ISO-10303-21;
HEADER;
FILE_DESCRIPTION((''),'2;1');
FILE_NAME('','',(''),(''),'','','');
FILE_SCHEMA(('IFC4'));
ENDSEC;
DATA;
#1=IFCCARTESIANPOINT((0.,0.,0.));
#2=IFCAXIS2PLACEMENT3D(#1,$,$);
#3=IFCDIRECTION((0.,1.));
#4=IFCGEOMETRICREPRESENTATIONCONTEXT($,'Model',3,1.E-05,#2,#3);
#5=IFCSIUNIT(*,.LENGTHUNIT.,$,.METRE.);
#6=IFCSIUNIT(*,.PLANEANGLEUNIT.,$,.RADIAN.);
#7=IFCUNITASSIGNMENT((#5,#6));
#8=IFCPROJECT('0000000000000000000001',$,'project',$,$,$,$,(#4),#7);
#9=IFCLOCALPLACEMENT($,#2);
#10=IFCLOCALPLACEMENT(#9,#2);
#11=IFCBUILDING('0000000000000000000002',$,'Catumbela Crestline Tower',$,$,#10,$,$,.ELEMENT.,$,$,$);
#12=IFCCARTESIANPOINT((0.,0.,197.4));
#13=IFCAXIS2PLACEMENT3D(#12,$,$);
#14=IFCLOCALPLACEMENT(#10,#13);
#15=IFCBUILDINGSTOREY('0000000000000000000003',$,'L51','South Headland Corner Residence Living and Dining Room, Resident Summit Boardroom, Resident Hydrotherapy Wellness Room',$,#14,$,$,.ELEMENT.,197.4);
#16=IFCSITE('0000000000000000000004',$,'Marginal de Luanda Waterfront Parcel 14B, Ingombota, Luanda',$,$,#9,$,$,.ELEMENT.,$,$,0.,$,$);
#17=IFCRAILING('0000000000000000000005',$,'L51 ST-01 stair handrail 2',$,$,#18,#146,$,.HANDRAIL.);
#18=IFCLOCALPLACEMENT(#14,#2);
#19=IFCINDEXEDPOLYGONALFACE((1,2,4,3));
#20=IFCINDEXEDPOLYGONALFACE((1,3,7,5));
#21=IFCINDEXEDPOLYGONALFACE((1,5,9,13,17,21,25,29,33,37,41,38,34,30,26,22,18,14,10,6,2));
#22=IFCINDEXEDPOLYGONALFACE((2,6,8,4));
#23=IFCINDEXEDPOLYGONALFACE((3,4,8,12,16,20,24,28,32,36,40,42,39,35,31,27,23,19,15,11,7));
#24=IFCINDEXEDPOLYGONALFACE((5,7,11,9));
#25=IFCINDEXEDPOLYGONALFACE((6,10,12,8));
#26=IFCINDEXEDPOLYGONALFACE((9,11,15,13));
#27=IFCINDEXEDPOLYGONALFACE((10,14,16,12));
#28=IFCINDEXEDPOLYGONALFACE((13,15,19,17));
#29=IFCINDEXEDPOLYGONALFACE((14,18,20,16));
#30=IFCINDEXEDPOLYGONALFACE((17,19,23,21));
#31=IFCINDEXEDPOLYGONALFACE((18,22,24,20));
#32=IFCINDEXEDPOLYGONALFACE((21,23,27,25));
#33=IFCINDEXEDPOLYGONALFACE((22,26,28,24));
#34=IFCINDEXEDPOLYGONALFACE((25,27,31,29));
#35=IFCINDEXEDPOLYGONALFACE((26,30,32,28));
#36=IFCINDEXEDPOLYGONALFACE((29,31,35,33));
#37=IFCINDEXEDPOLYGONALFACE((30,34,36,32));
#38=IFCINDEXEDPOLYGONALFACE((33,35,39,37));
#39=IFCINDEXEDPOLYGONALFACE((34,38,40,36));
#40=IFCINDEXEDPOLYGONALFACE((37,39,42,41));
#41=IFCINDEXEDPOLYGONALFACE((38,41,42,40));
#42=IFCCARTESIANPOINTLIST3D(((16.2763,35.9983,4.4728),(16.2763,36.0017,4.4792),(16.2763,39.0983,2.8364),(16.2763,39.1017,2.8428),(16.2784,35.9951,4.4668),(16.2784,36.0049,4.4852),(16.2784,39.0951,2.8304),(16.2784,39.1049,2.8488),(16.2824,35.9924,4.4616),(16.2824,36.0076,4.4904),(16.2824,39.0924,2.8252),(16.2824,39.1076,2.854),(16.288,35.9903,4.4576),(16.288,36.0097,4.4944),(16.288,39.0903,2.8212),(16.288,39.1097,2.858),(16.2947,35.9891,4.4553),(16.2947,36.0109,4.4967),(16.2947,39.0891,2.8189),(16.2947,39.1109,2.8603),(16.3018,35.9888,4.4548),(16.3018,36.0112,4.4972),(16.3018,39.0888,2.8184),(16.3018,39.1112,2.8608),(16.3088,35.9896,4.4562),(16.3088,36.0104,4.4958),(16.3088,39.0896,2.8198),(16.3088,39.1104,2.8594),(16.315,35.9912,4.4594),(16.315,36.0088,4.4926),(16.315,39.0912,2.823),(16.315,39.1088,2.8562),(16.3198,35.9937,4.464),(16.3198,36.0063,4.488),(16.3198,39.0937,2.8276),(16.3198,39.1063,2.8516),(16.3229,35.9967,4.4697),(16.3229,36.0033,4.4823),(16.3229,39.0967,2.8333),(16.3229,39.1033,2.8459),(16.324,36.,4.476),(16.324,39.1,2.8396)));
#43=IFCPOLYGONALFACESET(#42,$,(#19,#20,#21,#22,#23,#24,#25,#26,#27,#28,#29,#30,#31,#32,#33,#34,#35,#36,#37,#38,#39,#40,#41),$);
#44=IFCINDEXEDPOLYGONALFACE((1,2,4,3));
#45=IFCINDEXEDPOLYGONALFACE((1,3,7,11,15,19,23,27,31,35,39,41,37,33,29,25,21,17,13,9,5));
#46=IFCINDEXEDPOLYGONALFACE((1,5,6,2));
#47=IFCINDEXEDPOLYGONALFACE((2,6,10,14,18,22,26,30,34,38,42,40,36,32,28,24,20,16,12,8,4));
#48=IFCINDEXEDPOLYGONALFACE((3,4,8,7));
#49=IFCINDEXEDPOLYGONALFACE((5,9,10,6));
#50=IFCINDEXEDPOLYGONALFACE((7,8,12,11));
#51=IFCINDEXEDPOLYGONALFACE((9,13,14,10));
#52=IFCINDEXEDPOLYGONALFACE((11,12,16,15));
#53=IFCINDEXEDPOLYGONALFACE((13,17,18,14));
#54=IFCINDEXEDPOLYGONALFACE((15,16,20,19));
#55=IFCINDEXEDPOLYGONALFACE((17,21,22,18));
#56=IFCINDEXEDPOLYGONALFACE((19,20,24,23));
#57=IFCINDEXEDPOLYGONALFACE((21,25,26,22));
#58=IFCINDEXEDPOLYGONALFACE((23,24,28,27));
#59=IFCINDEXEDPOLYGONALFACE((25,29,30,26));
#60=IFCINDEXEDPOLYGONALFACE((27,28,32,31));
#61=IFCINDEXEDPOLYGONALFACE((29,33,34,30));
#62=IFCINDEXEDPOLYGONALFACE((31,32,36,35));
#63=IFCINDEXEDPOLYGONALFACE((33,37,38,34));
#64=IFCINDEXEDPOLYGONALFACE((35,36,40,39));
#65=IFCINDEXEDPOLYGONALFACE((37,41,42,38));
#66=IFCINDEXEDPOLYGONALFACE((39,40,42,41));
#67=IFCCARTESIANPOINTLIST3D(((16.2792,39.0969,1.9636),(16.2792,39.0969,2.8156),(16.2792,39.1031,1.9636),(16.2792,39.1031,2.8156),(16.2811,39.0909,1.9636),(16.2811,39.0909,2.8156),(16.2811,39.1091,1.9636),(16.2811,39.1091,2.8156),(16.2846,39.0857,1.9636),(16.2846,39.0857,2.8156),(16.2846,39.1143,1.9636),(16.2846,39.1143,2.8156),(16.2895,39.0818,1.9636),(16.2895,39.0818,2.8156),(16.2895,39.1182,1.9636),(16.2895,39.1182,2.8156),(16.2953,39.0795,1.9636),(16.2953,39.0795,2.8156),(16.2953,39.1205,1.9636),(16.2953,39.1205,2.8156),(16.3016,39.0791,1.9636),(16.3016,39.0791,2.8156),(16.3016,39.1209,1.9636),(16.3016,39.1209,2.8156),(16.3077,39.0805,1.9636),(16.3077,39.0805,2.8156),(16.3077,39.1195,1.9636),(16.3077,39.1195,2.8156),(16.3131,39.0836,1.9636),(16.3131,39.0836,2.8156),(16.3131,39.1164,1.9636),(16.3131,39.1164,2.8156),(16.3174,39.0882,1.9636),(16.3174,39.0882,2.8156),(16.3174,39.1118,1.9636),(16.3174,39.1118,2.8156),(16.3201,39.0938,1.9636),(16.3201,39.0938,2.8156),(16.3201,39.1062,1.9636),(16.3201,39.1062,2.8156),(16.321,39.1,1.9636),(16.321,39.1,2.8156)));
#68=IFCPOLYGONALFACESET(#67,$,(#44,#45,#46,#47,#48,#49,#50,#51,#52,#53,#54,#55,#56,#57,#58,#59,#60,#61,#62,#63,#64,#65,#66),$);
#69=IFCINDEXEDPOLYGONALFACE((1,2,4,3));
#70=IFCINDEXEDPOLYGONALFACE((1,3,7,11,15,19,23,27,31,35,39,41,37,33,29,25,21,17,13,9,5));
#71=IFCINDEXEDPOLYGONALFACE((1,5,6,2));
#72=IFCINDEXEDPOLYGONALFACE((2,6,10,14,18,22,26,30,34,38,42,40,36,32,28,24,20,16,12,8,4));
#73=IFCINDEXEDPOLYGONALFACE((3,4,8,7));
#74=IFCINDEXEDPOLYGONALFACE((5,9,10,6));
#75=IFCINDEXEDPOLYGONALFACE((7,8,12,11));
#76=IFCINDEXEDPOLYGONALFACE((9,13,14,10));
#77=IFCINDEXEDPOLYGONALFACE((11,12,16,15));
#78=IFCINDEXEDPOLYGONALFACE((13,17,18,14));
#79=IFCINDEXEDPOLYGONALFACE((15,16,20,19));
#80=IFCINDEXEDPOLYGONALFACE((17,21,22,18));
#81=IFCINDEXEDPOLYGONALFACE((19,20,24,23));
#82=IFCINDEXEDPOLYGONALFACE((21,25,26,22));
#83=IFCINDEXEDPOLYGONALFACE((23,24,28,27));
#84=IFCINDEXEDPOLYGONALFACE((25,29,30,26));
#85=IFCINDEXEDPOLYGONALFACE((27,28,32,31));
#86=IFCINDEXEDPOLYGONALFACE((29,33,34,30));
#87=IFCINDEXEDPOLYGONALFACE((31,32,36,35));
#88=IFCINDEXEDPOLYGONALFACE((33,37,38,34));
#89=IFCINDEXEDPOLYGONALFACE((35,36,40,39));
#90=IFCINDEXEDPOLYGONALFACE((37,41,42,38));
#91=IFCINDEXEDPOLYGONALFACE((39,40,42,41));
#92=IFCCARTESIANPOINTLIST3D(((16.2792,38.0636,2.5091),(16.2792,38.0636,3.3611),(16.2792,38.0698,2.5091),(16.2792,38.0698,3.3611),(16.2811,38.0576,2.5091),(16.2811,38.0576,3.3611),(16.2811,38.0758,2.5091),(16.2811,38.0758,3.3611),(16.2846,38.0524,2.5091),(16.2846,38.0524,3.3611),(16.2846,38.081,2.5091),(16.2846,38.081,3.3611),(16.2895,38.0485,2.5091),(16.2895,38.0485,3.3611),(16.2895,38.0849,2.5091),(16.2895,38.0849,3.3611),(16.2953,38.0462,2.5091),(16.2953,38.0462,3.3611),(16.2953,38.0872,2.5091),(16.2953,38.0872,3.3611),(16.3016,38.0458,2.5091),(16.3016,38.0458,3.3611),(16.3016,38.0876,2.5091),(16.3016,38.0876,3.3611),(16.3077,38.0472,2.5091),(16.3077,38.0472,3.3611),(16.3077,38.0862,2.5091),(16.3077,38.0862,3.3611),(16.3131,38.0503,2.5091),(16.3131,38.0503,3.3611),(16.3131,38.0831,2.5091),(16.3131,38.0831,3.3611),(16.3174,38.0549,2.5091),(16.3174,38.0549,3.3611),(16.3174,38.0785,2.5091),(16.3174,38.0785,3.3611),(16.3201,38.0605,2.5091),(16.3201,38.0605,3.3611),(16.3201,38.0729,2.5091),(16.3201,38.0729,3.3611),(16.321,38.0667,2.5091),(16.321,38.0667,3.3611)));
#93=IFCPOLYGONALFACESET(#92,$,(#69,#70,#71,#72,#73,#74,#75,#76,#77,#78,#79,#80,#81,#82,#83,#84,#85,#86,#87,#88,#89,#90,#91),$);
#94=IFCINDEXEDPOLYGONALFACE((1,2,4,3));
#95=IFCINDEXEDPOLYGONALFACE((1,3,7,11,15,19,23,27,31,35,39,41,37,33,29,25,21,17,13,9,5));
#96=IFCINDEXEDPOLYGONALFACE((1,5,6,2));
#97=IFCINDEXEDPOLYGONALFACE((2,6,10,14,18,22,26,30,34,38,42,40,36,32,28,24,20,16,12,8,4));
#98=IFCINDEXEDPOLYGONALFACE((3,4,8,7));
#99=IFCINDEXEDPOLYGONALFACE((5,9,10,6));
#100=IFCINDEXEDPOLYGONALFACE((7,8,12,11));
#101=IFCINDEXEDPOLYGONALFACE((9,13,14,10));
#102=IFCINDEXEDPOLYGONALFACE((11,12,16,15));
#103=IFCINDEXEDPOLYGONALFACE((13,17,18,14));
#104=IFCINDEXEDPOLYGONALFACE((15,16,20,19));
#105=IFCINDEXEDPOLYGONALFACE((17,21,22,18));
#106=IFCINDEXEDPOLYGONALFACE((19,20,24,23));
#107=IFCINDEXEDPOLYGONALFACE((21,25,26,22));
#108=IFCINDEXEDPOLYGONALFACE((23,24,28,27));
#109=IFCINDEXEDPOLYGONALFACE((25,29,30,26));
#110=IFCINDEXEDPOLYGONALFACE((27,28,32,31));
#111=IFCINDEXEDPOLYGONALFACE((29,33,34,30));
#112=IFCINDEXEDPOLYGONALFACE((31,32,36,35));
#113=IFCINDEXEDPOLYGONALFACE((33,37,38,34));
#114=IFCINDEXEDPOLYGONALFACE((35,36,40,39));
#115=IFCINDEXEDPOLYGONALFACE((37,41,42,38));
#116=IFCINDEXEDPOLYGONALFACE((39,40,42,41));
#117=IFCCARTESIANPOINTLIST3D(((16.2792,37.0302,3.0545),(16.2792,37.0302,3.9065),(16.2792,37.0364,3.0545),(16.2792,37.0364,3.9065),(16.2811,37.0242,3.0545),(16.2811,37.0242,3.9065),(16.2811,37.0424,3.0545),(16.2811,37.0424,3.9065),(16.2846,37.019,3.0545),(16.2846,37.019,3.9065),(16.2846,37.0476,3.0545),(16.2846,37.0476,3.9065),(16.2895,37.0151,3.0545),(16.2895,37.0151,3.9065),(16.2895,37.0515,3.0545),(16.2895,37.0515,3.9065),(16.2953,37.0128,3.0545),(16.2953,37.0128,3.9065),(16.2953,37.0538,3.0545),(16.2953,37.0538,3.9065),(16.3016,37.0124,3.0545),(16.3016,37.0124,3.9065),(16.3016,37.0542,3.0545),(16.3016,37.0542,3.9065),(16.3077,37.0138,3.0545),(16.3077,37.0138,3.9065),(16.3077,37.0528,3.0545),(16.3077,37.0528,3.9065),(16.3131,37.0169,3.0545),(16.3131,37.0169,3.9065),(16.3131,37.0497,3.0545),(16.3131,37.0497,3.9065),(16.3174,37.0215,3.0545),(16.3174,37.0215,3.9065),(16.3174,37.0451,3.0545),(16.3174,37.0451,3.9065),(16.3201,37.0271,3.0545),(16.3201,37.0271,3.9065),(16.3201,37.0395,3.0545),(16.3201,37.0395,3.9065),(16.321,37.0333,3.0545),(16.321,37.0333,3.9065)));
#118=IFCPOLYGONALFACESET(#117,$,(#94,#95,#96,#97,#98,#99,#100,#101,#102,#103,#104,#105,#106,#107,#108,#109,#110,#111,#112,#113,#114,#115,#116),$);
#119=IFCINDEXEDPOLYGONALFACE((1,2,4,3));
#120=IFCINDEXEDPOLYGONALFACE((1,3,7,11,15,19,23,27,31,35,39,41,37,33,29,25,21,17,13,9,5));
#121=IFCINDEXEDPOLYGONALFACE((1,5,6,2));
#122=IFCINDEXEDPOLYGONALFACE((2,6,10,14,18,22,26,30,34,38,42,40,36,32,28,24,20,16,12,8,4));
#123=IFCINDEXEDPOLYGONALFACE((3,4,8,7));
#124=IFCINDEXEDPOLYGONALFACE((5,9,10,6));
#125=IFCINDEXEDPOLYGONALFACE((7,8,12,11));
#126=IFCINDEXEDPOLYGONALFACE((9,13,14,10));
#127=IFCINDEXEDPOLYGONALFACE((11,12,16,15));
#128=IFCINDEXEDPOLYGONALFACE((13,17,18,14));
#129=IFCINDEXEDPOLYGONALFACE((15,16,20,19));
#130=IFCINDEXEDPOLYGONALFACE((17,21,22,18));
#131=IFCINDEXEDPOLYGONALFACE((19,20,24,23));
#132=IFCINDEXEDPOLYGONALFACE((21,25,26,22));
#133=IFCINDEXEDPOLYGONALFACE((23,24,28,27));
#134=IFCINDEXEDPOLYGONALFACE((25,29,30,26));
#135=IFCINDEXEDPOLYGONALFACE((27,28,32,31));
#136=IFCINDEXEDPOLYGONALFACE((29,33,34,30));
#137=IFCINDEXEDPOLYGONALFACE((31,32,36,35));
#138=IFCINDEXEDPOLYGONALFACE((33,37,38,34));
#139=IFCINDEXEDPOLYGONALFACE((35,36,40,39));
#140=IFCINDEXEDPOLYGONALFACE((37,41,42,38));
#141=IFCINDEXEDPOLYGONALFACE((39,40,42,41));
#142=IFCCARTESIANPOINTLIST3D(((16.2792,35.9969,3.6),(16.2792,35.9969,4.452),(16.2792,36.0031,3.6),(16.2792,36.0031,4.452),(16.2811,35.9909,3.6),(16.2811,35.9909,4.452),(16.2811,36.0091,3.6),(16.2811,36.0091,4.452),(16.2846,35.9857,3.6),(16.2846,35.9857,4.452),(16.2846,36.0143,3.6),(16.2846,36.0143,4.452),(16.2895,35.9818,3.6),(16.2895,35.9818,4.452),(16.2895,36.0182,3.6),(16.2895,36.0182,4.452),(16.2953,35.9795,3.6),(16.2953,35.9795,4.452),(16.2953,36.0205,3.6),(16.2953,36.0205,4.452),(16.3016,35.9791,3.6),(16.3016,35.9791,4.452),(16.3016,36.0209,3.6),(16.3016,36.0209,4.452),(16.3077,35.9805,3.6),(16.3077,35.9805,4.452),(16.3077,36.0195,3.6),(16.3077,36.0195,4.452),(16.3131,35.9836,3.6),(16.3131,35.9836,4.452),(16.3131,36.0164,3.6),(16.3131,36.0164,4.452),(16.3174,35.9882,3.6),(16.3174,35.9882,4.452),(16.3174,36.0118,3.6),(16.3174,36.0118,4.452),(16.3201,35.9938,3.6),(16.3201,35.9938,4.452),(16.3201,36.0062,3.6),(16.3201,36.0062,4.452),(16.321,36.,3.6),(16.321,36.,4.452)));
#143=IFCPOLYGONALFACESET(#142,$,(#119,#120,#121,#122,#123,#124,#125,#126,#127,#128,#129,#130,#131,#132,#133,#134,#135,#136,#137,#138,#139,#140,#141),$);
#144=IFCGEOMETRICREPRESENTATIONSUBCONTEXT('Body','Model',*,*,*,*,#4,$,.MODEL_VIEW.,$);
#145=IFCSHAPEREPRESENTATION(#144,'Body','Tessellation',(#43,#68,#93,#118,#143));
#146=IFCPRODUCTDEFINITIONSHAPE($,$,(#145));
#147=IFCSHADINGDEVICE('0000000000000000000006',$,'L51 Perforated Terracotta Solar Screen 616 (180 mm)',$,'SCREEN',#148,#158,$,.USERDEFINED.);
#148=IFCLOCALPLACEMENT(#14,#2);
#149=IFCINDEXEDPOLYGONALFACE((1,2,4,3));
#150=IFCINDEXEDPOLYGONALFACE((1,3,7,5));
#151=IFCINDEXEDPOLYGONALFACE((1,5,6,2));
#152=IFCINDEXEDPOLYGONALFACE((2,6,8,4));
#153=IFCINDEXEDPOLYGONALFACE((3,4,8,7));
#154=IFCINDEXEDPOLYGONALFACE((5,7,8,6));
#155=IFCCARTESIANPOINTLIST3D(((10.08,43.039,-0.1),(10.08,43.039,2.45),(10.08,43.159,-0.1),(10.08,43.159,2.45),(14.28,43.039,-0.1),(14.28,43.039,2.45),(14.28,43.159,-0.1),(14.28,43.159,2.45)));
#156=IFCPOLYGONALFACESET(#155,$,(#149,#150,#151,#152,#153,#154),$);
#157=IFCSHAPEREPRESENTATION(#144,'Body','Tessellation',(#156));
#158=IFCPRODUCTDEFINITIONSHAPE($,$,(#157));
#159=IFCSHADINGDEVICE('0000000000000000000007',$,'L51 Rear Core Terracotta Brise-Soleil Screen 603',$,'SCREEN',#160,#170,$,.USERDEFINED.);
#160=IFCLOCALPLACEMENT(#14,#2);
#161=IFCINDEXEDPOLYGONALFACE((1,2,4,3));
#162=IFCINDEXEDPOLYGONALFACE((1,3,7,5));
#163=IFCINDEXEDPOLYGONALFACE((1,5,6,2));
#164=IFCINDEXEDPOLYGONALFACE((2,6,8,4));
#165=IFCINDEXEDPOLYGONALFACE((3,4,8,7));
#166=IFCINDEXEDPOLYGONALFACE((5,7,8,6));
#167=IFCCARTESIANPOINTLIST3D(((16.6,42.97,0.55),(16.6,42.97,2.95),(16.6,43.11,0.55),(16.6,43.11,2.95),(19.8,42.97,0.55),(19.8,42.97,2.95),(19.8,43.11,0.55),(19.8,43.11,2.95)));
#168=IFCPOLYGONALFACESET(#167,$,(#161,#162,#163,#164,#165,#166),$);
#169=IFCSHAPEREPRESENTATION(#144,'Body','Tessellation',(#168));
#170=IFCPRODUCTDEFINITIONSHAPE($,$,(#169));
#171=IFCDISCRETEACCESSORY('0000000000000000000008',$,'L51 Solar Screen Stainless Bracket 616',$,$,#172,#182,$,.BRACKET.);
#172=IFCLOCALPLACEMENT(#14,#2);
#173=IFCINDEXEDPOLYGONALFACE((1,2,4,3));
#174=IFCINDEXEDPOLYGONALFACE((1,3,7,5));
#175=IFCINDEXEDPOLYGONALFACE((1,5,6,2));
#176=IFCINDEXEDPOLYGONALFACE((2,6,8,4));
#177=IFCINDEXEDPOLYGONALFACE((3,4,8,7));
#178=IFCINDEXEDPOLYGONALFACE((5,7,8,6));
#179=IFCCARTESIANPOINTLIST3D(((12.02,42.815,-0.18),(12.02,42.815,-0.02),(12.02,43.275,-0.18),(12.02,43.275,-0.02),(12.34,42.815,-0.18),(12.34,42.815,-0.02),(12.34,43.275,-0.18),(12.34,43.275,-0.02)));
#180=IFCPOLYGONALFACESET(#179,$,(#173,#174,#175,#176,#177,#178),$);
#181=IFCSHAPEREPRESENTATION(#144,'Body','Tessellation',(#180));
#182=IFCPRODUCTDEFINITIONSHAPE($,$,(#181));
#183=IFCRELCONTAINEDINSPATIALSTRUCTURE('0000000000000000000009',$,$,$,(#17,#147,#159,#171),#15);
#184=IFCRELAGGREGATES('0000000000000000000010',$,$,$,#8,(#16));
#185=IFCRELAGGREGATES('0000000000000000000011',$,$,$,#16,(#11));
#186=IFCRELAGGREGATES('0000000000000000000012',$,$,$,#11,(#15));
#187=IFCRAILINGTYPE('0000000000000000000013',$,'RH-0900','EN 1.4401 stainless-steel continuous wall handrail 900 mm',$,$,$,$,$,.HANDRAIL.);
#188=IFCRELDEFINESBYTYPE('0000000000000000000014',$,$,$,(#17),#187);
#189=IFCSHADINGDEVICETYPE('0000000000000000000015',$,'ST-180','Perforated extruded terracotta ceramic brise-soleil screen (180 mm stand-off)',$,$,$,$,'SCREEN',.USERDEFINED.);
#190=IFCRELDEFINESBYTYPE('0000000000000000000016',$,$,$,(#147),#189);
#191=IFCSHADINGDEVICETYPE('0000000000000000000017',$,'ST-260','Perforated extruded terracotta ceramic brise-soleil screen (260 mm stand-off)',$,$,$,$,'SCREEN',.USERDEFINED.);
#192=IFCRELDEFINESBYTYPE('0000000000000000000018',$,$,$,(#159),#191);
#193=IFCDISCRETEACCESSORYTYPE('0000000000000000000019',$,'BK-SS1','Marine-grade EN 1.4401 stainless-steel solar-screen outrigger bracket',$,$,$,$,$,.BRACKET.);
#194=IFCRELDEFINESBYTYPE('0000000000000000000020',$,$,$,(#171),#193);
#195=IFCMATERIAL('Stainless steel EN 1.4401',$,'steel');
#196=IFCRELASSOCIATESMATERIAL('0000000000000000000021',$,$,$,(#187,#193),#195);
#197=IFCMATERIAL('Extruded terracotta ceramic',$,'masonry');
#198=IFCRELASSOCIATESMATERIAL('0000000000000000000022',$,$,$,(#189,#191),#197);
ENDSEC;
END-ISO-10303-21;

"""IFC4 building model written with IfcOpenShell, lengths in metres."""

from ifc_helpers import new_model, si_unit, direction, frame, origin, origin_2d, place, context, subcontext, project, spatial, rectangle, circle, extrude, material, type_object, element, save


model = new_model("IFC4")

# Units and contexts
model_context = context("Model", 3, precision=1e-05, world=origin(), true_north=direction((0.0, 1.0)))
body_context = subcontext(model_context, "Body", "Model", "MODEL_VIEW")
ifc_project = project(units=[si_unit("LENGTHUNIT", "METRE"), si_unit("PLANEANGLEUNIT", "RADIAN")], contexts=[model_context])

# Site, building, storey
site_placement = place(None, origin())
site = spatial("IfcSite", under=ifc_project, at=site_placement, Name="Marginal de Luanda Waterfront Parcel 14B, Ingombota, Luanda", CompositionType="ELEMENT", RefElevation=0.0)
building_placement = place(site_placement, origin())
building = spatial("IfcBuilding", under=site, at=building_placement, Name="Catumbela Crestline Tower", CompositionType="ELEMENT")
storey_placement = place(building_placement, frame((0.0, 0.0, 197.4)))
storey = spatial("IfcBuildingStorey", under=building, at=storey_placement, Name="L51", Description="South Headland Corner Residence Living and Dining Room, Resident Summit Boardroom, Resident Hydrotherapy Wellness Room", CompositionType="ELEMENT", Elevation=197.4)

# Shared definitions
ifc_material_1 = material(Name="Stainless steel EN 1.4401", Category="steel")

# Railing
railing_type_1 = type_object("IfcRailingType", Name="RH-0900", Description="EN 1.4401 stainless-steel continuous wall handrail 900 mm", PredefinedType="HANDRAIL", material=ifc_material_1)
railing_1_placement = place(storey_placement, frame((16.3, 39.1, 1.9636)))
element("IfcRailing", 1, at=railing_1_placement, inside=storey, type_object=railing_type_1, Name="L51 ST-01 stair handrail 2", PredefinedType="HANDRAIL", context=body_context, shape_type="SweptSolid", body=[
    extrude(circle(Radius=0.024, at=origin_2d()), frame((0.0, 0.0, 0.876), z_axis=(0.0, -0.884351, 0.466823), x_axis=(1.0, 0.0, 0.0)), (0.0, 0.0, 1.0), 3.5054),
    extrude(circle(Radius=0.021, at=origin_2d()), origin(), (0.0, 0.0, 1.0), 0.852),
    extrude(circle(Radius=0.021, at=origin_2d()), frame((0.0, -1.0333, 0.5455)), (0.0, 0.0, 1.0), 0.852),
    extrude(circle(Radius=0.021, at=origin_2d()), frame((0.0, -2.0667, 1.0909)), (0.0, 0.0, 1.0), 0.852),
    extrude(circle(Radius=0.021, at=origin_2d()), frame((0.0, -3.1, 1.6364)), (0.0, 0.0, 1.0), 0.852),
])

# Shading devices
ifc_material_2 = material(Name="Extruded terracotta ceramic", Category="masonry")
shading_device_type_1 = type_object("IfcShadingDeviceType", Name="ST-180", Description="Perforated extruded terracotta ceramic brise-soleil screen (180 mm stand-off)", ElementType="SCREEN", PredefinedType="USERDEFINED", material=ifc_material_2)
shading_device_1_placement = place(storey_placement, frame((12.18, 43.099, -0.1), z_axis=(0.0, 0.0, 1.0), x_axis=(-1.0, 0.0, 0.0)))
element("IfcShadingDevice", 2, at=shading_device_1_placement, inside=storey, type_object=shading_device_type_1, Name="L51 Perforated Terracotta Solar Screen 616 (180 mm)", ObjectType="SCREEN", PredefinedType="USERDEFINED", context=body_context, shape_type="SweptSolid", body=[
    extrude(rectangle(XDim=4.2, YDim=0.12, at=origin_2d()), origin(), (0.0, 0.0, 1.0), 2.55),
])
shading_device_type_2 = type_object("IfcShadingDeviceType", Name="ST-260", Description="Perforated extruded terracotta ceramic brise-soleil screen (260 mm stand-off)", ElementType="SCREEN", PredefinedType="USERDEFINED", material=ifc_material_2)
shading_device_2_placement = place(storey_placement, frame((18.2, 43.04, 0.55), z_axis=(0.0, 0.0, 1.0), x_axis=(1.0, 0.0, 0.0)))
element("IfcShadingDevice", 3, at=shading_device_2_placement, inside=storey, type_object=shading_device_type_2, Name="L51 Rear Core Terracotta Brise-Soleil Screen 603", ObjectType="SCREEN", PredefinedType="USERDEFINED", context=body_context, shape_type="SweptSolid", body=[
    extrude(rectangle(XDim=3.2, YDim=0.14, at=origin_2d()), origin(), (0.0, 0.0, 1.0), 2.4),
])

# Discrete accessory
discrete_accessory_type = type_object("IfcDiscreteAccessoryType", Name="BK-SS1", Description="Marine-grade EN 1.4401 stainless-steel solar-screen outrigger bracket", PredefinedType="BRACKET", material=ifc_material_1)
discrete_accessory_placement = place(storey_placement, frame((12.18, 43.045, -0.18), z_axis=(0.0, 0.0, 1.0), x_axis=(-1.0, 0.0, 0.0)))
element("IfcDiscreteAccessory", 4, at=discrete_accessory_placement, inside=storey, type_object=discrete_accessory_type, Name="L51 Solar Screen Stainless Bracket 616", PredefinedType="BRACKET", context=body_context, shape_type="SweptSolid", body=[
    extrude(rectangle(XDim=0.32, YDim=0.46, at=origin_2d()), origin(), (0.0, 0.0, 1.0), 0.16),
])

save(model, "model.ifc")
